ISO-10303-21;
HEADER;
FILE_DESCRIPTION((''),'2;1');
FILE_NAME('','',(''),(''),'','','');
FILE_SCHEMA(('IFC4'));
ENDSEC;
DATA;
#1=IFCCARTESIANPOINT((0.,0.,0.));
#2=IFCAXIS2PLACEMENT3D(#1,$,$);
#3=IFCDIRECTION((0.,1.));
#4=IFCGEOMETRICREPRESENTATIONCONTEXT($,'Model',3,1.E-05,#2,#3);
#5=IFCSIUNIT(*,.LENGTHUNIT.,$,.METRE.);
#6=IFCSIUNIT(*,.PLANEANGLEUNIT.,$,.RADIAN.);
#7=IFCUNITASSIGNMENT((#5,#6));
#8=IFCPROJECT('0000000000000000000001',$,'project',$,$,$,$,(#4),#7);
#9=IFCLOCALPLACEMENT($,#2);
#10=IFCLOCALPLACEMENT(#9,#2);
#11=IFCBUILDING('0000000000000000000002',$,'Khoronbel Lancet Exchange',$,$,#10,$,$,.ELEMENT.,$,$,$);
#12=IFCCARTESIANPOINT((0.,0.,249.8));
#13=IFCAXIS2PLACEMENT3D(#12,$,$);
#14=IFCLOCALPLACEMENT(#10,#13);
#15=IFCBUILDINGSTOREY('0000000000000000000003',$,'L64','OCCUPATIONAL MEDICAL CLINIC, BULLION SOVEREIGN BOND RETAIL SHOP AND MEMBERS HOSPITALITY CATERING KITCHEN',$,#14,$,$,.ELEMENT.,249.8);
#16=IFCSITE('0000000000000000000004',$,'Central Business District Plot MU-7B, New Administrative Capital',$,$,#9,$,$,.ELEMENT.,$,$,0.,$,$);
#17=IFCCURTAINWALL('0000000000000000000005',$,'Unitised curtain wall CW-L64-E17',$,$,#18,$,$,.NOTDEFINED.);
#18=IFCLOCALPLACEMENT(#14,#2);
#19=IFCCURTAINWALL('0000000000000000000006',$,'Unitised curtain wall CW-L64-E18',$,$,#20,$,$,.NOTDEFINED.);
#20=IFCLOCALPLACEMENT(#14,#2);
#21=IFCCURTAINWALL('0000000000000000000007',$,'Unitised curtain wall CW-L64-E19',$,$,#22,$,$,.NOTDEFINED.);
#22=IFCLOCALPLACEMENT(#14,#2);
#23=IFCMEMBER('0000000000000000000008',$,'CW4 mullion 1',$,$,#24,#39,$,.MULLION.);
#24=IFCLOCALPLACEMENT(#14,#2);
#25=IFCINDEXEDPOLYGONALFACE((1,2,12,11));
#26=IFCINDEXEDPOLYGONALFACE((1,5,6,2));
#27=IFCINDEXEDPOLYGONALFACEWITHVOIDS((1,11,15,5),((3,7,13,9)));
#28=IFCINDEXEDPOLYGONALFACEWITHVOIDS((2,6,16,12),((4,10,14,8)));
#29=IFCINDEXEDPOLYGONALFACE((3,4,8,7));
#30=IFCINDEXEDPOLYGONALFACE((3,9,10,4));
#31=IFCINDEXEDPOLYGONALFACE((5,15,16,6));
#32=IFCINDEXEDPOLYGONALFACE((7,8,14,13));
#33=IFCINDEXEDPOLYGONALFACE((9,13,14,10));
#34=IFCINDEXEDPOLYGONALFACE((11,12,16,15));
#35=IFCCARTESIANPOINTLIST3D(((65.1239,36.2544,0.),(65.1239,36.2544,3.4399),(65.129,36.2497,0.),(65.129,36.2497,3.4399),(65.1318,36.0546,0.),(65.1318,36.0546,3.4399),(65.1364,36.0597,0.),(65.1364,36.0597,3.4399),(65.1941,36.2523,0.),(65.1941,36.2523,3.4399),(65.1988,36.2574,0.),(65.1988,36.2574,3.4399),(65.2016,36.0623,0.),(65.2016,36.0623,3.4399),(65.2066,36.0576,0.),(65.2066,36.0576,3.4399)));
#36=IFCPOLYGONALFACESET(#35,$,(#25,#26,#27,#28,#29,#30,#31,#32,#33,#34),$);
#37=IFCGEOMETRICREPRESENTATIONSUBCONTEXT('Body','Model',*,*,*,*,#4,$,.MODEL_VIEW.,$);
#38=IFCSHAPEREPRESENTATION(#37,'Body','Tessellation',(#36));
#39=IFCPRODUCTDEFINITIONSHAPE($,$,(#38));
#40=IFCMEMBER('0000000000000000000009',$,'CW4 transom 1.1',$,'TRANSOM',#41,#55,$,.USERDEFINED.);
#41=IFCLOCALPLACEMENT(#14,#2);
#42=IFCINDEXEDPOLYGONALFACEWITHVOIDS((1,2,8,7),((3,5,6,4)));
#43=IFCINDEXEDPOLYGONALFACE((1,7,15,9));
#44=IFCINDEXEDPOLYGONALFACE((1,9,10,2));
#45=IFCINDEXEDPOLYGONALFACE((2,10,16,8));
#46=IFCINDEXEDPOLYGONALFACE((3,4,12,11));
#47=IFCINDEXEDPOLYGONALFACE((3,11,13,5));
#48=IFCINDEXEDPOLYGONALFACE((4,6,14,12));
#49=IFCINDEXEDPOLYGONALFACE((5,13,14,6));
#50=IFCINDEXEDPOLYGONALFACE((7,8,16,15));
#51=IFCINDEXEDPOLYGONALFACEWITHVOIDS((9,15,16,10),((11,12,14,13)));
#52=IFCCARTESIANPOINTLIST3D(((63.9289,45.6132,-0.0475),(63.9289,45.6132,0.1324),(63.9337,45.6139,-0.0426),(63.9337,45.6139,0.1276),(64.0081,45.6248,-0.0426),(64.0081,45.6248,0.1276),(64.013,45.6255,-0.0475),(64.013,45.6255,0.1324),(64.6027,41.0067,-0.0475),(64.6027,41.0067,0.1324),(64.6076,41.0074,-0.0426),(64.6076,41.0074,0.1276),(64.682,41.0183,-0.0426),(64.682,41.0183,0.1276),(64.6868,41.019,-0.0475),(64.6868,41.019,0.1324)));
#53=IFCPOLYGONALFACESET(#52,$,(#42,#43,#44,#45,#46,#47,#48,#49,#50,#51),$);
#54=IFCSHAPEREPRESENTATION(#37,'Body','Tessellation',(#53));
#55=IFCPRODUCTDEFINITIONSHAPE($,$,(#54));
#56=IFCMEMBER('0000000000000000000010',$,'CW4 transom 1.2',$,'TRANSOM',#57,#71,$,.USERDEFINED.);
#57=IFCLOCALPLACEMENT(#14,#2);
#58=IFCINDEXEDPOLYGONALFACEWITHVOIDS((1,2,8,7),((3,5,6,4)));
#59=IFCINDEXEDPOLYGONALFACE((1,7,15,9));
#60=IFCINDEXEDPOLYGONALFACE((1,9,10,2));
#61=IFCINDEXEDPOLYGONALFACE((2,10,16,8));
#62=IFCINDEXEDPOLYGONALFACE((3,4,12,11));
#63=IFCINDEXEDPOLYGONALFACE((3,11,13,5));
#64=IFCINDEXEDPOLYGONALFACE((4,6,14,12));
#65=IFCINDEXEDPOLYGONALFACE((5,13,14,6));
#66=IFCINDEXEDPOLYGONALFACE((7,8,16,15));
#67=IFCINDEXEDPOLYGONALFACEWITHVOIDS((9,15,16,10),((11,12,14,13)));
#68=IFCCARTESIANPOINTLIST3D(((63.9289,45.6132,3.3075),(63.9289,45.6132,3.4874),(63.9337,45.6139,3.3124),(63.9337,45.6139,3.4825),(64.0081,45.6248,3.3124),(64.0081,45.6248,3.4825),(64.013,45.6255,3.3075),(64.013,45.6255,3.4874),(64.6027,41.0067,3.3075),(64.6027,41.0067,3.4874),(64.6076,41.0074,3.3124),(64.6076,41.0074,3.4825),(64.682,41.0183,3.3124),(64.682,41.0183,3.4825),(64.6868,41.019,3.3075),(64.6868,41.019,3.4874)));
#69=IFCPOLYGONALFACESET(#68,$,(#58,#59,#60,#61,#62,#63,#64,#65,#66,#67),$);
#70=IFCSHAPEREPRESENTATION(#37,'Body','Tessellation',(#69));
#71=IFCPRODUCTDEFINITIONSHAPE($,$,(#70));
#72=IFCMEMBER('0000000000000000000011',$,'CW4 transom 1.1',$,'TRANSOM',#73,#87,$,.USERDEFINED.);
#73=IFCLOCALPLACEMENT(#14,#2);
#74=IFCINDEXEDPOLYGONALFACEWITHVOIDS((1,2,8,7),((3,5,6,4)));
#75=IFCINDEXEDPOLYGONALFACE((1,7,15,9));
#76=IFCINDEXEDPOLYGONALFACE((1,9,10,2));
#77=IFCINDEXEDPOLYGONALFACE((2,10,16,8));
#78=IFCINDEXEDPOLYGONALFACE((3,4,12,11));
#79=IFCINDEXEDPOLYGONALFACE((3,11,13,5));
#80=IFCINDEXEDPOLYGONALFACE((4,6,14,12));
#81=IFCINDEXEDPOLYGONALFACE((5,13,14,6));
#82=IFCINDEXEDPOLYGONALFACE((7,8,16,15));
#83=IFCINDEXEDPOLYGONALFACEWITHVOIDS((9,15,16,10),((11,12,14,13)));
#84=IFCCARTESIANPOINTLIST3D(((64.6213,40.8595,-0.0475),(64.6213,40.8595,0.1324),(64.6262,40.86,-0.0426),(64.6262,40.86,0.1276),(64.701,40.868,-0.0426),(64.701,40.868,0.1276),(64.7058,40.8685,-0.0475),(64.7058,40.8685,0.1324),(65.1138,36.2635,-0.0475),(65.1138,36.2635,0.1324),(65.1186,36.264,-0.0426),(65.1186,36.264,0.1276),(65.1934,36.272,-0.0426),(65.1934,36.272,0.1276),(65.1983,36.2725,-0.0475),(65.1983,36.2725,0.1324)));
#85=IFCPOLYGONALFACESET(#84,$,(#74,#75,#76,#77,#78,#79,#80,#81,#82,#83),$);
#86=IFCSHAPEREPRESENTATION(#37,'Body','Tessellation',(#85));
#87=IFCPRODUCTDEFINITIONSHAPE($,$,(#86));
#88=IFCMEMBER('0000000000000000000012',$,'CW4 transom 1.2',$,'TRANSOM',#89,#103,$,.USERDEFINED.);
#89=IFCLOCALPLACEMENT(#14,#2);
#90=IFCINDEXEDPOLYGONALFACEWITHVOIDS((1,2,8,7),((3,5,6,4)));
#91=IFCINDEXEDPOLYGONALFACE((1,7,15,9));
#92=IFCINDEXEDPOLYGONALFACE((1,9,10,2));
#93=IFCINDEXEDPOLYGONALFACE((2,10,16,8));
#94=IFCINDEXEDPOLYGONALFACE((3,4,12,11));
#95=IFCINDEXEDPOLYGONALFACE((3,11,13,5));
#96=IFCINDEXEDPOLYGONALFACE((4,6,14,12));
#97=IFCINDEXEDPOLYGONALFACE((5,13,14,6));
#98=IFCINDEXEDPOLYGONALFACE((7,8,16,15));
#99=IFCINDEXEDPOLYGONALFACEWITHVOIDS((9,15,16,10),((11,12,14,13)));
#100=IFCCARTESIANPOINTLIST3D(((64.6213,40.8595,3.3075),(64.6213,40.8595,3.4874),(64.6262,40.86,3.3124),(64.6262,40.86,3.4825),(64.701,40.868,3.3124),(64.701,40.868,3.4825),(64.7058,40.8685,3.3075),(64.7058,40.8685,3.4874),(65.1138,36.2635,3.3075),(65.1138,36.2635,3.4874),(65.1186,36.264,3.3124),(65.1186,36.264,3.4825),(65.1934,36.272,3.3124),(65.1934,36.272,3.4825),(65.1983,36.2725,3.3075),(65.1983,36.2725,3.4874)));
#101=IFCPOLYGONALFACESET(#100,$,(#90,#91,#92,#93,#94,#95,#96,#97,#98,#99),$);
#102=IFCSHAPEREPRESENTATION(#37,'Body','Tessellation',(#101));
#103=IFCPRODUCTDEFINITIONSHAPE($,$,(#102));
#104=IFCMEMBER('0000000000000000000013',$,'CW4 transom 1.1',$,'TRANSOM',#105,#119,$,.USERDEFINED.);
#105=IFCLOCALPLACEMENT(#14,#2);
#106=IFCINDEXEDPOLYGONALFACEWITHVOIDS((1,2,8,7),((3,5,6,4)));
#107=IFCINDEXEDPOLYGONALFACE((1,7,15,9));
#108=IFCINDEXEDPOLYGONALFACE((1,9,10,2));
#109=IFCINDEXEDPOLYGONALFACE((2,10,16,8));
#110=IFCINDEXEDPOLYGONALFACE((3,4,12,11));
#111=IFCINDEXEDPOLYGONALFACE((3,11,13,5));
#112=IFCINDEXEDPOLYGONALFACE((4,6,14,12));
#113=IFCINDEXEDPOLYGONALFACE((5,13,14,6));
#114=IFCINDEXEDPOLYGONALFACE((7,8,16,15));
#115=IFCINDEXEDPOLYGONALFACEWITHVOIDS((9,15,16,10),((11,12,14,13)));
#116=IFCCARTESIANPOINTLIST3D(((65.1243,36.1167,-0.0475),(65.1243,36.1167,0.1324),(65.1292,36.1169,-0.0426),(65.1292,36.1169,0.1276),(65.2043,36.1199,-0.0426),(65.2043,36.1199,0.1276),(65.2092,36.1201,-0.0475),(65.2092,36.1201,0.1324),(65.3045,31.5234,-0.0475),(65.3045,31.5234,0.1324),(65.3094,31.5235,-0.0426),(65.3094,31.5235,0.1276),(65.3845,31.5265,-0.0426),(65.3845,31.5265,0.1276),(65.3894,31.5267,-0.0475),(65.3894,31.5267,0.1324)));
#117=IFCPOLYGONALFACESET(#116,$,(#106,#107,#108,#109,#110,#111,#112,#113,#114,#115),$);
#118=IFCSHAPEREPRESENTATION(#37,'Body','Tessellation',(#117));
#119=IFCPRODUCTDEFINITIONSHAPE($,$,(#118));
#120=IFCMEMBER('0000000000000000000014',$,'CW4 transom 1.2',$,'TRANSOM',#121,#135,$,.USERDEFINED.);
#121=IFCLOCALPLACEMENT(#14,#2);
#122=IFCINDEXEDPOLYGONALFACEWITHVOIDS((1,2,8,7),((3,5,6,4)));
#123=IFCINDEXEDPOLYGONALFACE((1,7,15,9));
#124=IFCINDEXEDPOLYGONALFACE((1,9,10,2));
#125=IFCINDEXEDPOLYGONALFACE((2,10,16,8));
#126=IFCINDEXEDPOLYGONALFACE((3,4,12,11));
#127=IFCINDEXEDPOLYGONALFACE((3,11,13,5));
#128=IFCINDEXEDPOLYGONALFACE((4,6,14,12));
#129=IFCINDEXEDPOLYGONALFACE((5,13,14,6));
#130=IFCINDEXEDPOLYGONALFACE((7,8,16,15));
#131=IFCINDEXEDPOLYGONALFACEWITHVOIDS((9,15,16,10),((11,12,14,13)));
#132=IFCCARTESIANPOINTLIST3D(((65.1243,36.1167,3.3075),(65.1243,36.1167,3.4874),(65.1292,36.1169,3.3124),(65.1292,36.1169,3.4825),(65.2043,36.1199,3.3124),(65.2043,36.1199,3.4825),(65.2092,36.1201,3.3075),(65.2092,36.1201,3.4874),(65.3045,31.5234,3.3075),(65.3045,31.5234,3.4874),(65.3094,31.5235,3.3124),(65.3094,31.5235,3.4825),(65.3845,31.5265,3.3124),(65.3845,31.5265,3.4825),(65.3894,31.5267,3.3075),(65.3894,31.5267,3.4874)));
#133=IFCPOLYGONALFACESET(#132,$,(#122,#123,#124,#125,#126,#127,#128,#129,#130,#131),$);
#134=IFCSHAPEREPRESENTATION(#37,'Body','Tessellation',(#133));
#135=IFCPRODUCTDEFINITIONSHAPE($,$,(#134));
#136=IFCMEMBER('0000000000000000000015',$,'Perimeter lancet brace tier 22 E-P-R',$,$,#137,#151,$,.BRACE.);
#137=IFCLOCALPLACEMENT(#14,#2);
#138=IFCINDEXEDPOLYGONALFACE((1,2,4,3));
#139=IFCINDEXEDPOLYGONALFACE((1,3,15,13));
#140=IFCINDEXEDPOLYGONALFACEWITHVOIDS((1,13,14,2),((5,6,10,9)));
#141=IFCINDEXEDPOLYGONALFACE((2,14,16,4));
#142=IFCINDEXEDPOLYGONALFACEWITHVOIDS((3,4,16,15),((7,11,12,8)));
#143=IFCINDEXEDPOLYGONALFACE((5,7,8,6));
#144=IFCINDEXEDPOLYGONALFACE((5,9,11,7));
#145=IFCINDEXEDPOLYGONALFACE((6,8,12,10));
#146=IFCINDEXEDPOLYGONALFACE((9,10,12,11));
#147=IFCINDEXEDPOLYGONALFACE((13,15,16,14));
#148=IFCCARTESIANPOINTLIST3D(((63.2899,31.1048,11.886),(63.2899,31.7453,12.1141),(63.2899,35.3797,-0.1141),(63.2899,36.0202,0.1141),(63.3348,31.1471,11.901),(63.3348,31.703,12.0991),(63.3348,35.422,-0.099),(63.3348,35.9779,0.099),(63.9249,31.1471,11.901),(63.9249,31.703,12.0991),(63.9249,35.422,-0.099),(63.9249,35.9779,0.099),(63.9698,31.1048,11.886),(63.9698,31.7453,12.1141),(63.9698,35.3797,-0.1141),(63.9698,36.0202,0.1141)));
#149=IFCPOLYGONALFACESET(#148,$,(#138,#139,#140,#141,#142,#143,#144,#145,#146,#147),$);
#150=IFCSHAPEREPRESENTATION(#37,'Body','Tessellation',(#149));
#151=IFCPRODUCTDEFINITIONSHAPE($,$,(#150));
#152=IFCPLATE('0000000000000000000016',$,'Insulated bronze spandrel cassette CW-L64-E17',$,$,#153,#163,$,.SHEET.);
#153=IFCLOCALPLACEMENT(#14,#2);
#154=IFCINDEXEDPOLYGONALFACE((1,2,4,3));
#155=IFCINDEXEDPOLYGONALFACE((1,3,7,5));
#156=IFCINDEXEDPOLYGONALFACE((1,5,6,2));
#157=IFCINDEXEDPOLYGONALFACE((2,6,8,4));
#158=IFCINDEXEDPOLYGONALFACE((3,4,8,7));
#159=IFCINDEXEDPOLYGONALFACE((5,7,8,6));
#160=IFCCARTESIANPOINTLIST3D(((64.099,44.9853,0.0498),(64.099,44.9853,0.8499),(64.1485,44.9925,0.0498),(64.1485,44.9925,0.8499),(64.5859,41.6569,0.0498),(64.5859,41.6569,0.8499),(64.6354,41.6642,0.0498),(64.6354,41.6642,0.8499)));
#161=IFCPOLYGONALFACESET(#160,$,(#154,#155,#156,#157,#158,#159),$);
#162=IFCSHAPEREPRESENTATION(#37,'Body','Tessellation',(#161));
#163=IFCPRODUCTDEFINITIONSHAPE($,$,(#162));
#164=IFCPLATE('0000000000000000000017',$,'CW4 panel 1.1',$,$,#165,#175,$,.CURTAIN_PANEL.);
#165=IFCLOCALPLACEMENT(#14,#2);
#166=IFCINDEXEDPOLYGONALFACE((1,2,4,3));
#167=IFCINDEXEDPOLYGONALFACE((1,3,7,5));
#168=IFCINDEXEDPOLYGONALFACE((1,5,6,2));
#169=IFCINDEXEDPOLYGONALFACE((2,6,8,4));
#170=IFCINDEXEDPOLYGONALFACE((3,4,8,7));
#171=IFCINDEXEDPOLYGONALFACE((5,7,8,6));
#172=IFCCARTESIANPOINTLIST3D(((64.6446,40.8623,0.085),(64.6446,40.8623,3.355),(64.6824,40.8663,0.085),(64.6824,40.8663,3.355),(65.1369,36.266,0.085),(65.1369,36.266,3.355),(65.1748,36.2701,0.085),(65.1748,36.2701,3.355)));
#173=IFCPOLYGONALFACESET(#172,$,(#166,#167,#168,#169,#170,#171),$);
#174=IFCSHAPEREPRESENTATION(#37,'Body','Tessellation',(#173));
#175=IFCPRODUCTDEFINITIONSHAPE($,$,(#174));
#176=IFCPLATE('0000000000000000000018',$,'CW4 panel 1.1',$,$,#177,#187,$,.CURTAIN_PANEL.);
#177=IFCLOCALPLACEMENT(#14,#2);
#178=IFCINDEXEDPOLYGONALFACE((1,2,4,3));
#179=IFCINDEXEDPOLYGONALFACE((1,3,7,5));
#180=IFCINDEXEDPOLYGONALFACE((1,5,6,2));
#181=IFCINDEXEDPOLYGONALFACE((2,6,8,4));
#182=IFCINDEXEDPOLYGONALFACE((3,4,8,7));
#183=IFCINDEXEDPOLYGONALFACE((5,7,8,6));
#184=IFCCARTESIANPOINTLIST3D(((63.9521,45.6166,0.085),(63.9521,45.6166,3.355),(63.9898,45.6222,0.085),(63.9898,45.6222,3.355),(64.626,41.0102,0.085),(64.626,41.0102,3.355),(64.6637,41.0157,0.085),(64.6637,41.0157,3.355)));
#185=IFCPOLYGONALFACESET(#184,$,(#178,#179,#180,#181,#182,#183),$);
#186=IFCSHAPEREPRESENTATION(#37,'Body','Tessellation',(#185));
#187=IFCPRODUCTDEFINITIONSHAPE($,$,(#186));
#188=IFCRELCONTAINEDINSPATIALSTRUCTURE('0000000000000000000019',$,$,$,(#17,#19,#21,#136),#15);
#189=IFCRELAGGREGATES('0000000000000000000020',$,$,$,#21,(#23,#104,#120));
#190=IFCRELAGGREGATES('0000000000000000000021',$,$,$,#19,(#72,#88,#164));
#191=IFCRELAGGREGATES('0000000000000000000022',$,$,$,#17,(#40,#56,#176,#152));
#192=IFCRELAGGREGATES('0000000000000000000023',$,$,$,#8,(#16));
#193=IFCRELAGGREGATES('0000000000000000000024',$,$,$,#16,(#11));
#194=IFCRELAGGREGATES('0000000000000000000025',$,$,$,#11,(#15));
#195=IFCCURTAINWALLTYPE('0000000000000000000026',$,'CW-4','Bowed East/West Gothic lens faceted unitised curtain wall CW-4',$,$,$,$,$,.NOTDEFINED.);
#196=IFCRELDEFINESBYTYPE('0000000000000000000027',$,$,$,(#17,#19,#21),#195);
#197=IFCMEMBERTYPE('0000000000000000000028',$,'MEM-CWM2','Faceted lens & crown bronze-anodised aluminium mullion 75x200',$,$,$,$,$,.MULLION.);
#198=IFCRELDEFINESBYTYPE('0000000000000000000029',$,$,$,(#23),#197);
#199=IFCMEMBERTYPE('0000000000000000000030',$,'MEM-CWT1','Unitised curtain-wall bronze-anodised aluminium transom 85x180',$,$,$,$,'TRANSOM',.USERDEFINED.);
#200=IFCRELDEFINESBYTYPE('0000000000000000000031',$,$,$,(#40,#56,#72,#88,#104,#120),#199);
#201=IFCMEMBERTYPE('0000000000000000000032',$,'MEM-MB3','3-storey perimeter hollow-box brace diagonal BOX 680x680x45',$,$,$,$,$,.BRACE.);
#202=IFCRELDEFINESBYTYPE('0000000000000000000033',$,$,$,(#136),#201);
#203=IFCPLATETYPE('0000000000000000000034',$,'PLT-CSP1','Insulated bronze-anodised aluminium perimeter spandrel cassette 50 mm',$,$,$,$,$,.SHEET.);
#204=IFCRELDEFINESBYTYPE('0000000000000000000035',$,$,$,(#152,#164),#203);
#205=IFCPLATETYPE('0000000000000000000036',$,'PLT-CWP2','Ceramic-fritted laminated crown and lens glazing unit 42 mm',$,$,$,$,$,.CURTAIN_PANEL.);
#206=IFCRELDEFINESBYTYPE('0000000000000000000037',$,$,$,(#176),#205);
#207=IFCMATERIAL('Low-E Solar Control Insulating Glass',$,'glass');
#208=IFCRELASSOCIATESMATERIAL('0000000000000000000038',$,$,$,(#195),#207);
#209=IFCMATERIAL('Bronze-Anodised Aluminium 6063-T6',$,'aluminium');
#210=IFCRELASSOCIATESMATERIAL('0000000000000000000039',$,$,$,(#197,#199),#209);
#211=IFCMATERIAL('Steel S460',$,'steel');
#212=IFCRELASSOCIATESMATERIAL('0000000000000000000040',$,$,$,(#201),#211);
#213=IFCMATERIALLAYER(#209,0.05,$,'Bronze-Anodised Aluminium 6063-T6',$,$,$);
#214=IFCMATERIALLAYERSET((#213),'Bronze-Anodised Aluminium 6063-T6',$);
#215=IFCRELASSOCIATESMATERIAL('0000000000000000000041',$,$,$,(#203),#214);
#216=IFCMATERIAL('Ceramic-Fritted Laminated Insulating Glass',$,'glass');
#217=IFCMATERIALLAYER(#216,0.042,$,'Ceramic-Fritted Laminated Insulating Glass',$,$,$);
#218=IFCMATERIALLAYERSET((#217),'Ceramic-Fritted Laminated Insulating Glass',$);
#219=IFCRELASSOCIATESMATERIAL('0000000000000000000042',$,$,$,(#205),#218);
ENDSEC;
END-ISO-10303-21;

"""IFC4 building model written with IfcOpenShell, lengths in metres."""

from ifc_helpers import new_model, si_unit, direction, frame, origin, origin_2d, place, context, subcontext, project, spatial, rectangle, hollow_rectangle, extrude, material, layer, layer_set, material_profile, profile_set, type_object, element, aggregate, save


model = new_model("IFC4")

# Units and contexts
model_context = context("Model", 3, precision=1e-05, world=origin(), true_north=direction((0.0, 1.0)))
body_context = subcontext(model_context, "Body", "Model", "MODEL_VIEW")
ifc_project = project(units=[si_unit("LENGTHUNIT", "METRE"), si_unit("PLANEANGLEUNIT", "RADIAN")], contexts=[model_context])

# Site, building, storey
site_placement = place(None, origin())
site = spatial("IfcSite", under=ifc_project, at=site_placement, Name="Central Business District Plot MU-7B, New Administrative Capital", CompositionType="ELEMENT", RefElevation=0.0)
building_placement = place(site_placement, origin())
building = spatial("IfcBuilding", under=site, at=building_placement, Name="Khoronbel Lancet Exchange", CompositionType="ELEMENT")
storey_placement = place(building_placement, frame((0.0, 0.0, 249.8)))
storey = spatial("IfcBuildingStorey", under=building, at=storey_placement, Name="L64", Description="OCCUPATIONAL MEDICAL CLINIC, BULLION SOVEREIGN BOND RETAIL SHOP AND MEMBERS HOSPITALITY CATERING KITCHEN", CompositionType="ELEMENT", Elevation=249.8)

# Curtain wall
ifc_material_1 = material(Name="Low-E Solar Control Insulating Glass", Category="glass")
curtain_wall_type = type_object("IfcCurtainWallType", Name="CW-4", Description="Bowed East/West Gothic lens faceted unitised curtain wall CW-4", PredefinedType="NOTDEFINED", material=ifc_material_1)
curtain_wall_1_placement = place(storey_placement, origin())
curtain_wall_1 = element("IfcCurtainWall", 1, at=curtain_wall_1_placement, inside=storey, type_object=curtain_wall_type, Name="Unitised curtain wall CW-L64-E17", PredefinedType="NOTDEFINED")
ifc_material_2 = material(Name="Bronze-Anodised Aluminium 6063-T6", Category="aluminium")
ifc_material_profile_1 = material_profile(ifc_material_2, hollow_rectangle(XDim=0.075, YDim=0.2, WallThickness=0.0049, at=origin_2d()), Name="ALU MULLION 75x200")
ifc_profile_set_1 = profile_set([ifc_material_profile_1], Name="Bronze-Anodised Aluminium 6063-T6")
member_type_1 = type_object("IfcMemberType", Name="MEM-CWM2", Description="Faceted lens & crown bronze-anodised aluminium mullion 75x200", PredefinedType="MULLION", material=ifc_profile_set_1)

# Curtain wall
curtain_wall_2_placement = place(storey_placement, origin())
curtain_wall_2 = element("IfcCurtainWall", 2, at=curtain_wall_2_placement, inside=storey, type_object=curtain_wall_type, Name="Unitised curtain wall CW-L64-E18", PredefinedType="NOTDEFINED")

# Curtain wall, member
curtain_wall_3_placement = place(storey_placement, origin())
curtain_wall_3 = element("IfcCurtainWall", 3, at=curtain_wall_3_placement, inside=storey, type_object=curtain_wall_type, Name="Unitised curtain wall CW-L64-E19", PredefinedType="NOTDEFINED")
member_1_placement = place(storey_placement, frame((65.1653, 36.156, 0.0), z_axis=(0.0, 0.0, 1.0), x_axis=(0.999233, 0.039161, 0.0)))
member_1 = element("IfcMember", 4, at=member_1_placement, type_object=member_type_1, Name="CW4 mullion 1", PredefinedType="MULLION", context=body_context, shape_type="SweptSolid", body=[
    extrude(hollow_rectangle(XDim=0.075, YDim=0.2, WallThickness=0.0049, at=origin_2d()), origin(), (0.0, 0.0, 1.0), 3.4399),
])

# Members
ifc_material_profile_2 = material_profile(ifc_material_2, hollow_rectangle(XDim=0.085, YDim=0.1799, WallThickness=0.0049, at=origin_2d()), Name="ALU TRANSOM 85x180")
ifc_profile_set_2 = profile_set([ifc_material_profile_2], Name="Bronze-Anodised Aluminium 6063-T6")
member_type_2 = type_object("IfcMemberType", Name="MEM-CWT1", Description="Unitised curtain-wall bronze-anodised aluminium transom 85x180", ElementType="TRANSOM", PredefinedType="USERDEFINED", material=ifc_profile_set_2)
member_2_placement = place(storey_placement, frame((63.9709, 45.6194, 0.0425), z_axis=(0.144739, -0.98947, 0.0), x_axis=(0.98947, 0.144739, 0.0)))
member_2 = element("IfcMember", 5, at=member_2_placement, type_object=member_type_2, Name="CW4 transom 1.1", ObjectType="TRANSOM", PredefinedType="USERDEFINED", context=body_context, shape_type="SweptSolid", body=[
    extrude(hollow_rectangle(XDim=0.085, YDim=0.1799, WallThickness=0.0049, at=origin_2d()), origin(), (0.0, 0.0, 1.0), 4.6555),
])
member_3_placement = place(storey_placement, frame((63.9709, 45.6194, 3.3975), z_axis=(0.144739, -0.98947, 0.0), x_axis=(0.98947, 0.144739, 0.0)))
member_3 = element("IfcMember", 6, at=member_3_placement, type_object=member_type_2, Name="CW4 transom 1.2", ObjectType="TRANSOM", PredefinedType="USERDEFINED", context=body_context, shape_type="SweptSolid", body=[
    extrude(hollow_rectangle(XDim=0.085, YDim=0.1799, WallThickness=0.0049, at=origin_2d()), origin(), (0.0, 0.0, 1.0), 4.6555),
])
member_4_placement = place(storey_placement, frame((64.6636, 40.864, 0.0425), z_axis=(0.106535, -0.994309, 0.0), x_axis=(0.994309, 0.106535, 0.0)))
member_4 = element("IfcMember", 7, at=member_4_placement, type_object=member_type_2, Name="CW4 transom 1.1", ObjectType="TRANSOM", PredefinedType="USERDEFINED", context=body_context, shape_type="SweptSolid", body=[
    extrude(hollow_rectangle(XDim=0.085, YDim=0.1799, WallThickness=0.0049, at=origin_2d()), origin(), (0.0, 0.0, 1.0), 4.6223),
])
member_5_placement = place(storey_placement, frame((64.6636, 40.864, 3.3975), z_axis=(0.106535, -0.994309, 0.0), x_axis=(0.994309, 0.106535, 0.0)))
member_5 = element("IfcMember", 8, at=member_5_placement, type_object=member_type_2, Name="CW4 transom 1.2", ObjectType="TRANSOM", PredefinedType="USERDEFINED", context=body_context, shape_type="SweptSolid", body=[
    extrude(hollow_rectangle(XDim=0.085, YDim=0.1799, WallThickness=0.0049, at=origin_2d()), origin(), (0.0, 0.0, 1.0), 4.6223),
])
member_6_placement = place(storey_placement, frame((65.1667, 36.1184, 0.0425), z_axis=(0.039194, -0.999232, 0.0), x_axis=(0.999232, 0.039194, 0.0)))
member_6 = element("IfcMember", 9, at=member_6_placement, type_object=member_type_2, Name="CW4 transom 1.1", ObjectType="TRANSOM", PredefinedType="USERDEFINED", context=body_context, shape_type="SweptSolid", body=[
    extrude(hollow_rectangle(XDim=0.085, YDim=0.1799, WallThickness=0.0049, at=origin_2d()), origin(), (0.0, 0.0, 1.0), 4.5969),
])
member_7_placement = place(storey_placement, frame((65.1667, 36.1184, 3.3975), z_axis=(0.039194, -0.999232, 0.0), x_axis=(0.999232, 0.039194, 0.0)))
member_7 = element("IfcMember", 10, at=member_7_placement, type_object=member_type_2, Name="CW4 transom 1.2", ObjectType="TRANSOM", PredefinedType="USERDEFINED", context=body_context, shape_type="SweptSolid", body=[
    extrude(hollow_rectangle(XDim=0.085, YDim=0.1799, WallThickness=0.0049, at=origin_2d()), origin(), (0.0, 0.0, 1.0), 4.5969),
])
aggregate(curtain_wall_3, [member_1, member_6, member_7])
ifc_material_3 = material(Name="Steel S460", Category="steel")
ifc_material_profile_3 = material_profile(ifc_material_3, hollow_rectangle(XDim=0.6799, YDim=0.6799, WallThickness=0.0449, at=origin_2d()), Name="BOX 680x680x45")
ifc_profile_set_3 = profile_set([ifc_material_profile_3], Name="Steel S460")
member_type_3 = type_object("IfcMemberType", Name="MEM-MB3", Description="3-storey perimeter hollow-box brace diagonal BOX 680x680x45", PredefinedType="BRACE", material=ifc_profile_set_3)
member_8_placement = place(storey_placement, frame((63.6299, 35.7, 0.0), z_axis=(0.0, -0.335584, 0.94201), x_axis=(1.0, 0.0, 0.0)))
element("IfcMember", 11, at=member_8_placement, inside=storey, type_object=member_type_3, Name="Perimeter lancet brace tier 22 E-P-R", PredefinedType="BRACE", context=body_context, shape_type="SweptSolid", body=[
    extrude(hollow_rectangle(XDim=0.6799, YDim=0.6799, WallThickness=0.0449, at=origin_2d()), origin(), (0.0, 0.0, 1.0), 12.7388),
])

# Plates
ifc_layer_1 = layer(ifc_material_2, 0.05, Name="Bronze-Anodised Aluminium 6063-T6")
ifc_layer_set_1 = layer_set([ifc_layer_1], Name="Bronze-Anodised Aluminium 6063-T6")
plate_type_1 = type_object("IfcPlateType", Name="PLT-CSP1", Description="Insulated bronze-anodised aluminium perimeter spandrel cassette 50 mm", PredefinedType="SHEET", material=ifc_layer_set_1)
plate_1_placement = place(storey_placement, frame((64.3672, 43.3247, 0.0498), z_axis=(0.0, 0.0, 1.0), x_axis=(0.144753, -0.989468, 0.0)))
plate_1 = element("IfcPlate", 12, at=plate_1_placement, type_object=plate_type_1, Name="Insulated bronze spandrel cassette CW-L64-E17", PredefinedType="SHEET", context=body_context, shape_type="SweptSolid", body=[
    extrude(rectangle(XDim=3.3638, YDim=0.05, at=origin_2d()), origin(), (0.0, 0.0, 1.0), 0.8),
])
plate_2_placement = place(storey_placement, frame((64.9097, 38.5662, 0.085), z_axis=(0.0, 0.0, 1.0), x_axis=(0.106507, -0.994312, 0.0)))
plate_2 = element("IfcPlate", 13, at=plate_2_placement, type_object=plate_type_1, Name="CW4 panel 1.1", PredefinedType="CURTAIN_PANEL", context=body_context, shape_type="SweptSolid", body=[
    extrude(rectangle(XDim=4.6226, YDim=0.0381, at=origin_2d()), origin(), (0.0, 0.0, 1.0), 3.27),
])
aggregate(curtain_wall_2, [member_4, member_5, plate_2])
ifc_material_4 = material(Name="Ceramic-Fritted Laminated Insulating Glass", Category="glass")
ifc_layer_2 = layer(ifc_material_4, 0.042, Name="Ceramic-Fritted Laminated Insulating Glass")
ifc_layer_set_2 = layer_set([ifc_layer_2], Name="Ceramic-Fritted Laminated Insulating Glass")
plate_type_2 = type_object("IfcPlateType", Name="PLT-CWP2", Description="Ceramic-fritted laminated crown and lens glazing unit 42 mm", PredefinedType="CURTAIN_PANEL", material=ifc_layer_set_2)
plate_3_placement = place(storey_placement, frame((64.3079, 43.3162, 0.085), z_axis=(0.0, 0.0, 1.0), x_axis=(0.144753, -0.989468, 0.0)))
plate_3 = element("IfcPlate", 14, at=plate_3_placement, type_object=plate_type_2, Name="CW4 panel 1.1", PredefinedType="CURTAIN_PANEL", context=body_context, shape_type="SweptSolid", body=[
    extrude(rectangle(XDim=4.6555, YDim=0.0381, at=origin_2d()), origin(), (0.0, 0.0, 1.0), 3.27),
])
aggregate(curtain_wall_1, [member_2, member_3, plate_3, plate_1])

save(model, "model.ifc")
